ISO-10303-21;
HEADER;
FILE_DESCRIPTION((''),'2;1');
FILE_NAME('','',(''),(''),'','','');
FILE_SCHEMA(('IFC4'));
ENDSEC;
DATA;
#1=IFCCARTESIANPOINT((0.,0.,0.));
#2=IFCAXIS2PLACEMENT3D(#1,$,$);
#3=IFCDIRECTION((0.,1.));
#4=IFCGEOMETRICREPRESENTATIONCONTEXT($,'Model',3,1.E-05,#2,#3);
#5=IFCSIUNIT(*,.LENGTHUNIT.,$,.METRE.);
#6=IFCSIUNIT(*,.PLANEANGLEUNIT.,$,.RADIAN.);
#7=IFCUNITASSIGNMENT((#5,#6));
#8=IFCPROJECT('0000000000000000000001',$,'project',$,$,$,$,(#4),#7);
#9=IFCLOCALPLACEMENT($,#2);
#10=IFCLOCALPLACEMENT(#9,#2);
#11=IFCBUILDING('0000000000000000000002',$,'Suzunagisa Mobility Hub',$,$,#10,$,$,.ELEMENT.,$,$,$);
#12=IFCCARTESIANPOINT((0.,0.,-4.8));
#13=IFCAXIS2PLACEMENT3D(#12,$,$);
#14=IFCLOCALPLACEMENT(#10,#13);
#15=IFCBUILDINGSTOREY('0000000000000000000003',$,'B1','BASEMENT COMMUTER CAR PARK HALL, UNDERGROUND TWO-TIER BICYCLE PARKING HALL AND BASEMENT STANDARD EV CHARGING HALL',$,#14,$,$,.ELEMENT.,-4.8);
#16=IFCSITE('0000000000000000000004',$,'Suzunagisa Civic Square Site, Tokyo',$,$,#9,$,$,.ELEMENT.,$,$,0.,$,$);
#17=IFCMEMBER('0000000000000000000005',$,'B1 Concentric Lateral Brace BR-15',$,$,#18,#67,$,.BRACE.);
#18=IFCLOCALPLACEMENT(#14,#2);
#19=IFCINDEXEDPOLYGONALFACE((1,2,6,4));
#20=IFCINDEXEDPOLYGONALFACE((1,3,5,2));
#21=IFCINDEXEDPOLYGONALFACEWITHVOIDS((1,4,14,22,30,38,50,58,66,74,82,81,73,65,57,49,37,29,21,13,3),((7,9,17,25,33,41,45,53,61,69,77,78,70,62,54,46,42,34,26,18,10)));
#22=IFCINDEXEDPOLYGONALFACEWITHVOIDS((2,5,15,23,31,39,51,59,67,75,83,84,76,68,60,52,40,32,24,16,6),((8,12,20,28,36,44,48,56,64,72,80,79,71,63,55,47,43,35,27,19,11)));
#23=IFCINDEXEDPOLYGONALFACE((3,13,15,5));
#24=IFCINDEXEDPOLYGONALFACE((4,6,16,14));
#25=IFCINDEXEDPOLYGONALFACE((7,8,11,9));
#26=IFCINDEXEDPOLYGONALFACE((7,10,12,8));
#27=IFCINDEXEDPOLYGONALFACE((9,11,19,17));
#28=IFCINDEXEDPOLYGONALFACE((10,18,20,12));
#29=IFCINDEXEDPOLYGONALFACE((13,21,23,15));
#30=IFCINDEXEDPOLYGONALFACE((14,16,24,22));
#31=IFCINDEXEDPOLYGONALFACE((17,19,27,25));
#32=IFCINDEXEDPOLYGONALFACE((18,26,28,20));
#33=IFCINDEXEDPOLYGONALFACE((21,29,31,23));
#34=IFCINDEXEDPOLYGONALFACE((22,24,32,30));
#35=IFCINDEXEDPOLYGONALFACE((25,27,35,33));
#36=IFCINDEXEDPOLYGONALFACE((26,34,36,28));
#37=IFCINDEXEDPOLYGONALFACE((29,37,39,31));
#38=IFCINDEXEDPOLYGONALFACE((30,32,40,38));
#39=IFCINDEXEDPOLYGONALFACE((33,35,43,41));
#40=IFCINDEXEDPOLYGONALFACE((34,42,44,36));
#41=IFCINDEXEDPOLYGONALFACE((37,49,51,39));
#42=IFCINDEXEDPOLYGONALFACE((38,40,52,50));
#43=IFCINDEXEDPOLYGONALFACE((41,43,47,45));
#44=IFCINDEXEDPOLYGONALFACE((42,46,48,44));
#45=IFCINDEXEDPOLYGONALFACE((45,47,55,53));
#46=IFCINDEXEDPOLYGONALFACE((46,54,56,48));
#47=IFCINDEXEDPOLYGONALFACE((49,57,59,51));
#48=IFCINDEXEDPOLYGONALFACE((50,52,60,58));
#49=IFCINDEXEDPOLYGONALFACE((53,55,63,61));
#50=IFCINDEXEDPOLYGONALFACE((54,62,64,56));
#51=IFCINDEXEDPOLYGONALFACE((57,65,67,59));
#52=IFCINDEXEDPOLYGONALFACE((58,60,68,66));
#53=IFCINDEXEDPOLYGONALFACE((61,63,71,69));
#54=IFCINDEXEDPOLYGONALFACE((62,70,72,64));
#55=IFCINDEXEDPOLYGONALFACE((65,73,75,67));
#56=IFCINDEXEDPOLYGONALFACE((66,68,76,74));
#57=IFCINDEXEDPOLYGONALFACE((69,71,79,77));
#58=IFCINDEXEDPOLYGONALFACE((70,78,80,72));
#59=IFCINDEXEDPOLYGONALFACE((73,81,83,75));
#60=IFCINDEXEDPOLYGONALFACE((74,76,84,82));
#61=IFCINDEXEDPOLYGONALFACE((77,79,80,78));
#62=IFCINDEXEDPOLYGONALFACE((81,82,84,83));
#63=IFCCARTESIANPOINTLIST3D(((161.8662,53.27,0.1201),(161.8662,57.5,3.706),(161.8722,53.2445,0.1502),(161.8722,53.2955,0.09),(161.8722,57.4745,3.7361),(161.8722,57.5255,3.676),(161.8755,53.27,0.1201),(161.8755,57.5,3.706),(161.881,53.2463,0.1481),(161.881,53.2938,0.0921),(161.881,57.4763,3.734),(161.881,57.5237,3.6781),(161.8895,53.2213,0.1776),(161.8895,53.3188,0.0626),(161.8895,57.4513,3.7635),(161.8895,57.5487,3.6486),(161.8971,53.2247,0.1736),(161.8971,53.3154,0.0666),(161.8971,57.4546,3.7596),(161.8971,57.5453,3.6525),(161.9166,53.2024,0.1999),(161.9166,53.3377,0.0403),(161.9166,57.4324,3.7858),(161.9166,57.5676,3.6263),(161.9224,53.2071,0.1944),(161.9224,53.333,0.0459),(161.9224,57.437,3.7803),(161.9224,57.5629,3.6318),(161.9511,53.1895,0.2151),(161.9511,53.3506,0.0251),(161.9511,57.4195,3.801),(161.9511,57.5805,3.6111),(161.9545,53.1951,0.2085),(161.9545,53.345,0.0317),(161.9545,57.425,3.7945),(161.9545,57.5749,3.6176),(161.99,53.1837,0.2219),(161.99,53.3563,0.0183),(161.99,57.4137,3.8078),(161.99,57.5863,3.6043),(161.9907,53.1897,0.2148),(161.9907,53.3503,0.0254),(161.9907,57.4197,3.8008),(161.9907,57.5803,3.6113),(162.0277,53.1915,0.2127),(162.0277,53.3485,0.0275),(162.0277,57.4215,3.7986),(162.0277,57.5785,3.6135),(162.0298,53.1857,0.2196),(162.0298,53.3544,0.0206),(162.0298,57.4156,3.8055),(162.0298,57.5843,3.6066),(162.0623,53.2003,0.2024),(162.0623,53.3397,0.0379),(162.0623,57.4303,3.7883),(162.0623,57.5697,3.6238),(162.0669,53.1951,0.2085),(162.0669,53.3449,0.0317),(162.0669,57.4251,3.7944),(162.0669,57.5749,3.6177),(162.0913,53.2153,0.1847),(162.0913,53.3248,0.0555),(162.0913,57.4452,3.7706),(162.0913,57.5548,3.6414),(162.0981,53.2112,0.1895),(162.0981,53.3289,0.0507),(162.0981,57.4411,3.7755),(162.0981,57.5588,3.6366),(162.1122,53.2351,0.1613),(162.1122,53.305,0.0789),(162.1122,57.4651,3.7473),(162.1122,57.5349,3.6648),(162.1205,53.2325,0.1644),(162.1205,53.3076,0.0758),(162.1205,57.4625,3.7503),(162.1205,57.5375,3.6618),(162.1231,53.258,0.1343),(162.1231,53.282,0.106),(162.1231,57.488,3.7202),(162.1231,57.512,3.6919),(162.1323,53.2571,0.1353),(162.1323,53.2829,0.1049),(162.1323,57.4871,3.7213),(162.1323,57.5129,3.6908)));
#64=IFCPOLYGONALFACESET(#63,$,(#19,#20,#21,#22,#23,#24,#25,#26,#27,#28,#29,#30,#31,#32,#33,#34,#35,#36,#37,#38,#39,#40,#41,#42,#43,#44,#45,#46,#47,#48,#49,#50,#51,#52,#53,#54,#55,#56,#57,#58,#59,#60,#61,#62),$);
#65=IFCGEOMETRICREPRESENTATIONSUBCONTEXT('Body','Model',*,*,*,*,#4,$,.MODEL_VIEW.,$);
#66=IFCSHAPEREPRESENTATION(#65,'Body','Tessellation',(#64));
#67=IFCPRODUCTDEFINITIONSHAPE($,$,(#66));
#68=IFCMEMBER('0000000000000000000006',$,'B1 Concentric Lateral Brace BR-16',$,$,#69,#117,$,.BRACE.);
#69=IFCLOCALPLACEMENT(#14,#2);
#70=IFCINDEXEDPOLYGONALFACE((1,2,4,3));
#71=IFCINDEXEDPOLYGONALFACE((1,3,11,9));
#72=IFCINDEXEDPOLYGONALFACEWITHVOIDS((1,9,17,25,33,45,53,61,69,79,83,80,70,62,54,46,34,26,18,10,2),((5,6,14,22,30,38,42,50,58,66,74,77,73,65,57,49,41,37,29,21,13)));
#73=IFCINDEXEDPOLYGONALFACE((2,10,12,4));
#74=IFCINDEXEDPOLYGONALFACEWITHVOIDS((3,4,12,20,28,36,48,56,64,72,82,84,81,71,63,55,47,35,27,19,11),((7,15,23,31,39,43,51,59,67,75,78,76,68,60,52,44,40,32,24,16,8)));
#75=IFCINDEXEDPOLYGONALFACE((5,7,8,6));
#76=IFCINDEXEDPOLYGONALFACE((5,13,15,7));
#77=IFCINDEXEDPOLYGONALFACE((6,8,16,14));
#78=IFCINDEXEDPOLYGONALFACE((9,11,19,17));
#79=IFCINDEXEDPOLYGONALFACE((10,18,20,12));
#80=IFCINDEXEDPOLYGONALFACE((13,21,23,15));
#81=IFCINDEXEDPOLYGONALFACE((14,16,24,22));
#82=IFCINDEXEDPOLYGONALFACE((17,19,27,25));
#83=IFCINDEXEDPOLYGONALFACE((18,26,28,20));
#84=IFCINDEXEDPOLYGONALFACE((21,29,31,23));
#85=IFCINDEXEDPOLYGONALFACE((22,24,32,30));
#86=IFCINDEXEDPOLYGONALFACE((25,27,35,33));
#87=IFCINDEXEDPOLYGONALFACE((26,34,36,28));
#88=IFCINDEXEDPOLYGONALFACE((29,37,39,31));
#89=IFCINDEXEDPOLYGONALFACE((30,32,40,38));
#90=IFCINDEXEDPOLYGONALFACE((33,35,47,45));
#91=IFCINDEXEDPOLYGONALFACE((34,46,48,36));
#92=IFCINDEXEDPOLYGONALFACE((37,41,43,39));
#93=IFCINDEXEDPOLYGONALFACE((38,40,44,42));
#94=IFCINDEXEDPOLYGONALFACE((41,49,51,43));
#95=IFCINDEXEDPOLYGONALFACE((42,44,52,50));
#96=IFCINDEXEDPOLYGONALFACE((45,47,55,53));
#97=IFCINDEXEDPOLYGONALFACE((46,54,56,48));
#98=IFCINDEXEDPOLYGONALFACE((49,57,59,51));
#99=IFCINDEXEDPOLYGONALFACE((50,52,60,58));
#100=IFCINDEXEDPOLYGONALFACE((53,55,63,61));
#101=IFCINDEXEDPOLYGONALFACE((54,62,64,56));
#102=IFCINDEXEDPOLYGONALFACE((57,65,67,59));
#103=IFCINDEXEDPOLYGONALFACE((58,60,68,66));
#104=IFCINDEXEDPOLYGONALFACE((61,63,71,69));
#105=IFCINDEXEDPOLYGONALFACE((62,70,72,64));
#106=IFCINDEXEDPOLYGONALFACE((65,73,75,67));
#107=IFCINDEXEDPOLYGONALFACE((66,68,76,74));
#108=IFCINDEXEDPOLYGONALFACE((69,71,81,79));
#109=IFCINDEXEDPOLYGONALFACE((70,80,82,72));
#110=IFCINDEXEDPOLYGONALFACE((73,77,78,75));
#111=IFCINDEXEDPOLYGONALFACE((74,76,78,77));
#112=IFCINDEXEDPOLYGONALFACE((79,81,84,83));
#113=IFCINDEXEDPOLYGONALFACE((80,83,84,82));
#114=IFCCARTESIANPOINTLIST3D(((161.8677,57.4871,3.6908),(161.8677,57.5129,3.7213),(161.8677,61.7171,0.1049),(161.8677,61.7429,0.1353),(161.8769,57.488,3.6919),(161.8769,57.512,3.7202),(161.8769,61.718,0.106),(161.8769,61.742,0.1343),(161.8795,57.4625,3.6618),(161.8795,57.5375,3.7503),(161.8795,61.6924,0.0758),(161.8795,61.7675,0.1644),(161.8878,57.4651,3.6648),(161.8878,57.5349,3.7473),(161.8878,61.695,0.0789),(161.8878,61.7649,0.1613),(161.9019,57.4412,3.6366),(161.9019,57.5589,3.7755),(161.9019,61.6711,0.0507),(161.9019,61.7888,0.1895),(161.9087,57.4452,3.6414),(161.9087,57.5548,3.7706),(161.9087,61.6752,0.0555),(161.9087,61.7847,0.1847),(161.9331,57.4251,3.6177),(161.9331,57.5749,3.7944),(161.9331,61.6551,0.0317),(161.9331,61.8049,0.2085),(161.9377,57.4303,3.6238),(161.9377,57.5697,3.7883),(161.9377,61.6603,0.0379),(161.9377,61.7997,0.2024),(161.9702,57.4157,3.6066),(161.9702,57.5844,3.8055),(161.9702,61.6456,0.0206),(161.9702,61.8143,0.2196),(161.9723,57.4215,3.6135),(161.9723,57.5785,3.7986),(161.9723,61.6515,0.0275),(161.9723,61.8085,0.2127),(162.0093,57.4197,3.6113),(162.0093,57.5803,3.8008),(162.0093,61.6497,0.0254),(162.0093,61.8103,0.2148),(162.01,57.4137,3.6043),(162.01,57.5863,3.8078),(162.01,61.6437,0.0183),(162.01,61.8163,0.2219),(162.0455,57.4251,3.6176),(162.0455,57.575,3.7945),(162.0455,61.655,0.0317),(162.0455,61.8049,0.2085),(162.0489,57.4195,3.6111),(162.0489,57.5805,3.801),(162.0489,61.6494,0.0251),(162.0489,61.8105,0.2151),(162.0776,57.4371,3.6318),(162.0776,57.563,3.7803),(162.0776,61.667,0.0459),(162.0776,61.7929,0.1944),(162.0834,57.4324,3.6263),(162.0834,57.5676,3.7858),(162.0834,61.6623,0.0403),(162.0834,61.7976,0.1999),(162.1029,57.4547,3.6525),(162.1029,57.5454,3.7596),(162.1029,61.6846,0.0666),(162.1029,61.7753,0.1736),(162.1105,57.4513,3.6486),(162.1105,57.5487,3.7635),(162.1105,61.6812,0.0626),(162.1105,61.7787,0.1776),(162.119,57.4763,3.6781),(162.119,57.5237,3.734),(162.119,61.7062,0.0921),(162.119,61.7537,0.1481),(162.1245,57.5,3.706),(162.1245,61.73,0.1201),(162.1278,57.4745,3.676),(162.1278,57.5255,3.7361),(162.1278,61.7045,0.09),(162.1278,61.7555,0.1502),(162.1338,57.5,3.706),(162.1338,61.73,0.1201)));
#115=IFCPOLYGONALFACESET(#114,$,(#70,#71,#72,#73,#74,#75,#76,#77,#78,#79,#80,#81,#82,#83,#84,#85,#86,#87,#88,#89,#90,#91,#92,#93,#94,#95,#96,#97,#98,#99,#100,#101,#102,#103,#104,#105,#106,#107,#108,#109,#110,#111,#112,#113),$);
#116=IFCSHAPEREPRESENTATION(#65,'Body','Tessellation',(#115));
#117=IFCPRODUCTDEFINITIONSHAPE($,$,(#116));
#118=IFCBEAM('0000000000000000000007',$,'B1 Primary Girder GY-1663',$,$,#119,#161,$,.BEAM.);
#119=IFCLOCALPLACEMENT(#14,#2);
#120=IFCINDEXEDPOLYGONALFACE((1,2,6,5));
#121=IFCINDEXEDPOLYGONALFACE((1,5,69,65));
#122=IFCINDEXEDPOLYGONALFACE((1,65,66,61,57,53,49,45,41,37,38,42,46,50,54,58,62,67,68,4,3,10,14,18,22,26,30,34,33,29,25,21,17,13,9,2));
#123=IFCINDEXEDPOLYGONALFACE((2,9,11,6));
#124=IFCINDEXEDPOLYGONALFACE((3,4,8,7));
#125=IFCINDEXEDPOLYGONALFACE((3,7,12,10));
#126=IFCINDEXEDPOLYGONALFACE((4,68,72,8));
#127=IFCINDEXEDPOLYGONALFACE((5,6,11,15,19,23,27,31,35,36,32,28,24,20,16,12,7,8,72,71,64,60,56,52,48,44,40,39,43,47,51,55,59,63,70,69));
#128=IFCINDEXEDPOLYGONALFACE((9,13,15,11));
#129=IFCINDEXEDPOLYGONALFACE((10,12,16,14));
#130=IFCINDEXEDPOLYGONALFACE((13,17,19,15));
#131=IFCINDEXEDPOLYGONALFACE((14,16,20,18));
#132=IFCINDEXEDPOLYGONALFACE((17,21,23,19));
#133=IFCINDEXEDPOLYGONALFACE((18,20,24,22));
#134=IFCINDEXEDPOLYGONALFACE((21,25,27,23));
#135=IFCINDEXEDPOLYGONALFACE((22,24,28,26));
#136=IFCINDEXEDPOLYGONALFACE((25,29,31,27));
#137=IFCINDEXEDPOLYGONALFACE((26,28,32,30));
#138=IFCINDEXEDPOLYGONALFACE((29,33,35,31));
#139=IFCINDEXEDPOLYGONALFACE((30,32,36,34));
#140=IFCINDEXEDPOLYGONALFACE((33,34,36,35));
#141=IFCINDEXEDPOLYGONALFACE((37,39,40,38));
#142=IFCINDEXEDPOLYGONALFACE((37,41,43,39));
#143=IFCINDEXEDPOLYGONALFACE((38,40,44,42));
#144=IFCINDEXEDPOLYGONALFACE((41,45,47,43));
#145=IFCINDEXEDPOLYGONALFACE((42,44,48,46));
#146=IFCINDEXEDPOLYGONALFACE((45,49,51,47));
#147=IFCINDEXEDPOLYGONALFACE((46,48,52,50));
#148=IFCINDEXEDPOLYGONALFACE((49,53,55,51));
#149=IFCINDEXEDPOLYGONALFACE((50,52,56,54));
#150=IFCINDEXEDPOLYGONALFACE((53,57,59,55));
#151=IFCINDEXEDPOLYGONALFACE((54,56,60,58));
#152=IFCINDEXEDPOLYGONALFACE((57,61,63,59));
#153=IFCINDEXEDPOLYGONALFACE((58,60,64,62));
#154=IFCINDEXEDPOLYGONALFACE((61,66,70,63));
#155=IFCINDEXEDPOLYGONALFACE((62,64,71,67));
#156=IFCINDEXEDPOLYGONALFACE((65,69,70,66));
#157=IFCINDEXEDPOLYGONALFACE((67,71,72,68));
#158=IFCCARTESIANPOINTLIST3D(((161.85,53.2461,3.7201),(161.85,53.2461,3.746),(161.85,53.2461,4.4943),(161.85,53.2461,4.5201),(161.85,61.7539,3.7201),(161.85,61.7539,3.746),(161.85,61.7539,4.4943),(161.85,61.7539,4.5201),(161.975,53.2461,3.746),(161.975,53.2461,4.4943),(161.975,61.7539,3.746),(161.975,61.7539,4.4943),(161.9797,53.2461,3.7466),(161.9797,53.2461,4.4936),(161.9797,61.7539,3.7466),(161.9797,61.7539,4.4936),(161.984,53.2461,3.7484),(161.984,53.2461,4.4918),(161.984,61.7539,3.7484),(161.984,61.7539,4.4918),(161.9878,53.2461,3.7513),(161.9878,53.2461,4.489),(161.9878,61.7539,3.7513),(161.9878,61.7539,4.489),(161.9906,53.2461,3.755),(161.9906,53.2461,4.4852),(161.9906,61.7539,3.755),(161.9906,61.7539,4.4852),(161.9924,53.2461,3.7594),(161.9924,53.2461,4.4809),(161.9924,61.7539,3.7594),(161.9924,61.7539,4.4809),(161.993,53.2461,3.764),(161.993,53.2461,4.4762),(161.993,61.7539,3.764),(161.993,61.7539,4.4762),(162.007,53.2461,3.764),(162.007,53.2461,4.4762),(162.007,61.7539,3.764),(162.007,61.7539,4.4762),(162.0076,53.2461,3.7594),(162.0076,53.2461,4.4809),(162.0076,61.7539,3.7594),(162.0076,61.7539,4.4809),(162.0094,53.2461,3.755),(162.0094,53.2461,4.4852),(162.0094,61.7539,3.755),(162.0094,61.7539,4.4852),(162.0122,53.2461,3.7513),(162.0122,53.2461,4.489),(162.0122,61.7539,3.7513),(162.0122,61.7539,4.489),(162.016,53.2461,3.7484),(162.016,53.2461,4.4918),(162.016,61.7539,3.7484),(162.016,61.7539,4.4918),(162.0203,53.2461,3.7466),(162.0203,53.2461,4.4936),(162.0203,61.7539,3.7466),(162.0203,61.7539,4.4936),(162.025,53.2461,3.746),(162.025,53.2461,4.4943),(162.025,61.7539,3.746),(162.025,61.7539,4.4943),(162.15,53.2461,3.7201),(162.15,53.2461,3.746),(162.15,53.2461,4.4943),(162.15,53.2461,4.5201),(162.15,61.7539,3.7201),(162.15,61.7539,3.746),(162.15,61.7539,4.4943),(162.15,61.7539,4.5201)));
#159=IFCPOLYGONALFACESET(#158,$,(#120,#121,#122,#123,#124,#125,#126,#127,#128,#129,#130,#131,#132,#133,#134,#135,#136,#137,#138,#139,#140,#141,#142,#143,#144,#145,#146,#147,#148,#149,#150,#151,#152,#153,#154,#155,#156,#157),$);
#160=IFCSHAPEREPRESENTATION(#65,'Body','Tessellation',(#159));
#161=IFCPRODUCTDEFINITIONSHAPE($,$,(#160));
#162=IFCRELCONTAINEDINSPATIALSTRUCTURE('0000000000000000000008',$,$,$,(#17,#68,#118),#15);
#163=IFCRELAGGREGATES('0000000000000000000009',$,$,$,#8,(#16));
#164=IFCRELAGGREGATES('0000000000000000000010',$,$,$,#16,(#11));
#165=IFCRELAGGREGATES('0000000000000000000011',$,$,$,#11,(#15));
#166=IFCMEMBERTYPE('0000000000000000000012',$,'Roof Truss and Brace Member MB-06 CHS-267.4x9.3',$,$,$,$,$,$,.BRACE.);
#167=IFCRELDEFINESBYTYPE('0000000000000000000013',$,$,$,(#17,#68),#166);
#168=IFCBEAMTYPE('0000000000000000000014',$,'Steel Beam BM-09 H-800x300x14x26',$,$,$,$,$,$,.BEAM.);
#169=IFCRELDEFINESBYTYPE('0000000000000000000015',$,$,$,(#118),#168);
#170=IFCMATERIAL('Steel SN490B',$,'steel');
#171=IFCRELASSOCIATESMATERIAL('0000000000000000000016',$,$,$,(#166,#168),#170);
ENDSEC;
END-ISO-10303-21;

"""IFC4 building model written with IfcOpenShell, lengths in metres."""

from ifc_helpers import new_model, si_unit, direction, frame, origin, origin_2d, place, context, subcontext, project, spatial, hollow_circle, i_section, extrude, material, material_profile, profile_set, type_object, element, save


model = new_model("IFC4")

# Units and contexts
model_context = context("Model", 3, precision=1e-05, world=origin(), true_north=direction((0.0, 1.0)))
body_context = subcontext(model_context, "Body", "Model", "MODEL_VIEW")
ifc_project = project(units=[si_unit("LENGTHUNIT", "METRE"), si_unit("PLANEANGLEUNIT", "RADIAN")], contexts=[model_context])

# Site, building, storey
site_placement = place(None, origin())
site = spatial("IfcSite", under=ifc_project, at=site_placement, Name="Suzunagisa Civic Square Site, Tokyo", CompositionType="ELEMENT", RefElevation=0.0)
building_placement = place(site_placement, origin())
building = spatial("IfcBuilding", under=site, at=building_placement, Name="Suzunagisa Mobility Hub", CompositionType="ELEMENT")
storey_placement = place(building_placement, frame((0.0, 0.0, -4.8)))
storey = spatial("IfcBuildingStorey", under=building, at=storey_placement, Name="B1", Description="BASEMENT COMMUTER CAR PARK HALL, UNDERGROUND TWO-TIER BICYCLE PARKING HALL AND BASEMENT STANDARD EV CHARGING HALL", CompositionType="ELEMENT", Elevation=-4.8)

# Shared definitions
ifc_material_1 = material(Name="Steel SN490B", Category="steel")

# Members
ifc_material_profile_1 = material_profile(ifc_material_1, hollow_circle(Radius=0.1338, WallThickness=0.0093, at=origin_2d()), Name="CHS-267.4x9.3")
ifc_profile_set_1 = profile_set([ifc_material_profile_1], Name="Steel SN490B")
member_type = type_object("IfcMemberType", Name="Roof Truss and Brace Member MB-06 CHS-267.4x9.3", PredefinedType="BRACE", material=ifc_profile_set_1)
for number, where, z_axis, x_axis, name in (
    (1, (162.0, 53.27, 0.1201), (0.0, 0.762788, 0.646649), (-1.0, 0.0, 0.0), "B1 Concentric Lateral Brace BR-15"),
    (2, (162.0, 61.73, 0.1201), (0.0, -0.762788, 0.646649), (1.0, 0.0, 0.0), "B1 Concentric Lateral Brace BR-16"),
):
    element("IfcMember", number, at=place(storey_placement, frame(where, z_axis=z_axis, x_axis=x_axis)), inside=storey, type_object=member_type, Name=name, PredefinedType="BRACE", context=body_context, shape_type="SweptSolid", body=[
        extrude(hollow_circle(Radius=0.1338, WallThickness=0.0093, at=origin_2d()), origin(), (0.0, 0.0, 1.0), 5.5454),
    ])

# Beam
ifc_material_profile_2 = material_profile(ifc_material_1, i_section(OverallWidth=0.3, OverallDepth=0.8, WebThickness=0.0139, FlangeThickness=0.0259, FilletRadius=0.0181, at=origin_2d()), Name="H-800x300x14x26")
ifc_profile_set_2 = profile_set([ifc_material_profile_2], Name="Steel SN490B")
beam_type_1 = type_object("IfcBeamType", Name="Steel Beam BM-09 H-800x300x14x26", PredefinedType="BEAM", material=ifc_profile_set_2)
beam_1_placement = place(storey_placement, frame((162.0, 53.2461, 4.1201), z_axis=(0.0, 1.0, 0.0), x_axis=(-1.0, 0.0, 0.0)))
element("IfcBeam", 3, at=beam_1_placement, inside=storey, type_object=beam_type_1, Name="B1 Primary Girder GY-1663", PredefinedType="BEAM", context=body_context, shape_type="SweptSolid", body=[
    extrude(i_section(OverallWidth=0.3, OverallDepth=0.8, WebThickness=0.0139, FlangeThickness=0.0259, FilletRadius=0.0181, at=origin_2d()), origin(), (0.0, 0.0, 1.0), 8.5078),
])

save(model, "model.ifc")
